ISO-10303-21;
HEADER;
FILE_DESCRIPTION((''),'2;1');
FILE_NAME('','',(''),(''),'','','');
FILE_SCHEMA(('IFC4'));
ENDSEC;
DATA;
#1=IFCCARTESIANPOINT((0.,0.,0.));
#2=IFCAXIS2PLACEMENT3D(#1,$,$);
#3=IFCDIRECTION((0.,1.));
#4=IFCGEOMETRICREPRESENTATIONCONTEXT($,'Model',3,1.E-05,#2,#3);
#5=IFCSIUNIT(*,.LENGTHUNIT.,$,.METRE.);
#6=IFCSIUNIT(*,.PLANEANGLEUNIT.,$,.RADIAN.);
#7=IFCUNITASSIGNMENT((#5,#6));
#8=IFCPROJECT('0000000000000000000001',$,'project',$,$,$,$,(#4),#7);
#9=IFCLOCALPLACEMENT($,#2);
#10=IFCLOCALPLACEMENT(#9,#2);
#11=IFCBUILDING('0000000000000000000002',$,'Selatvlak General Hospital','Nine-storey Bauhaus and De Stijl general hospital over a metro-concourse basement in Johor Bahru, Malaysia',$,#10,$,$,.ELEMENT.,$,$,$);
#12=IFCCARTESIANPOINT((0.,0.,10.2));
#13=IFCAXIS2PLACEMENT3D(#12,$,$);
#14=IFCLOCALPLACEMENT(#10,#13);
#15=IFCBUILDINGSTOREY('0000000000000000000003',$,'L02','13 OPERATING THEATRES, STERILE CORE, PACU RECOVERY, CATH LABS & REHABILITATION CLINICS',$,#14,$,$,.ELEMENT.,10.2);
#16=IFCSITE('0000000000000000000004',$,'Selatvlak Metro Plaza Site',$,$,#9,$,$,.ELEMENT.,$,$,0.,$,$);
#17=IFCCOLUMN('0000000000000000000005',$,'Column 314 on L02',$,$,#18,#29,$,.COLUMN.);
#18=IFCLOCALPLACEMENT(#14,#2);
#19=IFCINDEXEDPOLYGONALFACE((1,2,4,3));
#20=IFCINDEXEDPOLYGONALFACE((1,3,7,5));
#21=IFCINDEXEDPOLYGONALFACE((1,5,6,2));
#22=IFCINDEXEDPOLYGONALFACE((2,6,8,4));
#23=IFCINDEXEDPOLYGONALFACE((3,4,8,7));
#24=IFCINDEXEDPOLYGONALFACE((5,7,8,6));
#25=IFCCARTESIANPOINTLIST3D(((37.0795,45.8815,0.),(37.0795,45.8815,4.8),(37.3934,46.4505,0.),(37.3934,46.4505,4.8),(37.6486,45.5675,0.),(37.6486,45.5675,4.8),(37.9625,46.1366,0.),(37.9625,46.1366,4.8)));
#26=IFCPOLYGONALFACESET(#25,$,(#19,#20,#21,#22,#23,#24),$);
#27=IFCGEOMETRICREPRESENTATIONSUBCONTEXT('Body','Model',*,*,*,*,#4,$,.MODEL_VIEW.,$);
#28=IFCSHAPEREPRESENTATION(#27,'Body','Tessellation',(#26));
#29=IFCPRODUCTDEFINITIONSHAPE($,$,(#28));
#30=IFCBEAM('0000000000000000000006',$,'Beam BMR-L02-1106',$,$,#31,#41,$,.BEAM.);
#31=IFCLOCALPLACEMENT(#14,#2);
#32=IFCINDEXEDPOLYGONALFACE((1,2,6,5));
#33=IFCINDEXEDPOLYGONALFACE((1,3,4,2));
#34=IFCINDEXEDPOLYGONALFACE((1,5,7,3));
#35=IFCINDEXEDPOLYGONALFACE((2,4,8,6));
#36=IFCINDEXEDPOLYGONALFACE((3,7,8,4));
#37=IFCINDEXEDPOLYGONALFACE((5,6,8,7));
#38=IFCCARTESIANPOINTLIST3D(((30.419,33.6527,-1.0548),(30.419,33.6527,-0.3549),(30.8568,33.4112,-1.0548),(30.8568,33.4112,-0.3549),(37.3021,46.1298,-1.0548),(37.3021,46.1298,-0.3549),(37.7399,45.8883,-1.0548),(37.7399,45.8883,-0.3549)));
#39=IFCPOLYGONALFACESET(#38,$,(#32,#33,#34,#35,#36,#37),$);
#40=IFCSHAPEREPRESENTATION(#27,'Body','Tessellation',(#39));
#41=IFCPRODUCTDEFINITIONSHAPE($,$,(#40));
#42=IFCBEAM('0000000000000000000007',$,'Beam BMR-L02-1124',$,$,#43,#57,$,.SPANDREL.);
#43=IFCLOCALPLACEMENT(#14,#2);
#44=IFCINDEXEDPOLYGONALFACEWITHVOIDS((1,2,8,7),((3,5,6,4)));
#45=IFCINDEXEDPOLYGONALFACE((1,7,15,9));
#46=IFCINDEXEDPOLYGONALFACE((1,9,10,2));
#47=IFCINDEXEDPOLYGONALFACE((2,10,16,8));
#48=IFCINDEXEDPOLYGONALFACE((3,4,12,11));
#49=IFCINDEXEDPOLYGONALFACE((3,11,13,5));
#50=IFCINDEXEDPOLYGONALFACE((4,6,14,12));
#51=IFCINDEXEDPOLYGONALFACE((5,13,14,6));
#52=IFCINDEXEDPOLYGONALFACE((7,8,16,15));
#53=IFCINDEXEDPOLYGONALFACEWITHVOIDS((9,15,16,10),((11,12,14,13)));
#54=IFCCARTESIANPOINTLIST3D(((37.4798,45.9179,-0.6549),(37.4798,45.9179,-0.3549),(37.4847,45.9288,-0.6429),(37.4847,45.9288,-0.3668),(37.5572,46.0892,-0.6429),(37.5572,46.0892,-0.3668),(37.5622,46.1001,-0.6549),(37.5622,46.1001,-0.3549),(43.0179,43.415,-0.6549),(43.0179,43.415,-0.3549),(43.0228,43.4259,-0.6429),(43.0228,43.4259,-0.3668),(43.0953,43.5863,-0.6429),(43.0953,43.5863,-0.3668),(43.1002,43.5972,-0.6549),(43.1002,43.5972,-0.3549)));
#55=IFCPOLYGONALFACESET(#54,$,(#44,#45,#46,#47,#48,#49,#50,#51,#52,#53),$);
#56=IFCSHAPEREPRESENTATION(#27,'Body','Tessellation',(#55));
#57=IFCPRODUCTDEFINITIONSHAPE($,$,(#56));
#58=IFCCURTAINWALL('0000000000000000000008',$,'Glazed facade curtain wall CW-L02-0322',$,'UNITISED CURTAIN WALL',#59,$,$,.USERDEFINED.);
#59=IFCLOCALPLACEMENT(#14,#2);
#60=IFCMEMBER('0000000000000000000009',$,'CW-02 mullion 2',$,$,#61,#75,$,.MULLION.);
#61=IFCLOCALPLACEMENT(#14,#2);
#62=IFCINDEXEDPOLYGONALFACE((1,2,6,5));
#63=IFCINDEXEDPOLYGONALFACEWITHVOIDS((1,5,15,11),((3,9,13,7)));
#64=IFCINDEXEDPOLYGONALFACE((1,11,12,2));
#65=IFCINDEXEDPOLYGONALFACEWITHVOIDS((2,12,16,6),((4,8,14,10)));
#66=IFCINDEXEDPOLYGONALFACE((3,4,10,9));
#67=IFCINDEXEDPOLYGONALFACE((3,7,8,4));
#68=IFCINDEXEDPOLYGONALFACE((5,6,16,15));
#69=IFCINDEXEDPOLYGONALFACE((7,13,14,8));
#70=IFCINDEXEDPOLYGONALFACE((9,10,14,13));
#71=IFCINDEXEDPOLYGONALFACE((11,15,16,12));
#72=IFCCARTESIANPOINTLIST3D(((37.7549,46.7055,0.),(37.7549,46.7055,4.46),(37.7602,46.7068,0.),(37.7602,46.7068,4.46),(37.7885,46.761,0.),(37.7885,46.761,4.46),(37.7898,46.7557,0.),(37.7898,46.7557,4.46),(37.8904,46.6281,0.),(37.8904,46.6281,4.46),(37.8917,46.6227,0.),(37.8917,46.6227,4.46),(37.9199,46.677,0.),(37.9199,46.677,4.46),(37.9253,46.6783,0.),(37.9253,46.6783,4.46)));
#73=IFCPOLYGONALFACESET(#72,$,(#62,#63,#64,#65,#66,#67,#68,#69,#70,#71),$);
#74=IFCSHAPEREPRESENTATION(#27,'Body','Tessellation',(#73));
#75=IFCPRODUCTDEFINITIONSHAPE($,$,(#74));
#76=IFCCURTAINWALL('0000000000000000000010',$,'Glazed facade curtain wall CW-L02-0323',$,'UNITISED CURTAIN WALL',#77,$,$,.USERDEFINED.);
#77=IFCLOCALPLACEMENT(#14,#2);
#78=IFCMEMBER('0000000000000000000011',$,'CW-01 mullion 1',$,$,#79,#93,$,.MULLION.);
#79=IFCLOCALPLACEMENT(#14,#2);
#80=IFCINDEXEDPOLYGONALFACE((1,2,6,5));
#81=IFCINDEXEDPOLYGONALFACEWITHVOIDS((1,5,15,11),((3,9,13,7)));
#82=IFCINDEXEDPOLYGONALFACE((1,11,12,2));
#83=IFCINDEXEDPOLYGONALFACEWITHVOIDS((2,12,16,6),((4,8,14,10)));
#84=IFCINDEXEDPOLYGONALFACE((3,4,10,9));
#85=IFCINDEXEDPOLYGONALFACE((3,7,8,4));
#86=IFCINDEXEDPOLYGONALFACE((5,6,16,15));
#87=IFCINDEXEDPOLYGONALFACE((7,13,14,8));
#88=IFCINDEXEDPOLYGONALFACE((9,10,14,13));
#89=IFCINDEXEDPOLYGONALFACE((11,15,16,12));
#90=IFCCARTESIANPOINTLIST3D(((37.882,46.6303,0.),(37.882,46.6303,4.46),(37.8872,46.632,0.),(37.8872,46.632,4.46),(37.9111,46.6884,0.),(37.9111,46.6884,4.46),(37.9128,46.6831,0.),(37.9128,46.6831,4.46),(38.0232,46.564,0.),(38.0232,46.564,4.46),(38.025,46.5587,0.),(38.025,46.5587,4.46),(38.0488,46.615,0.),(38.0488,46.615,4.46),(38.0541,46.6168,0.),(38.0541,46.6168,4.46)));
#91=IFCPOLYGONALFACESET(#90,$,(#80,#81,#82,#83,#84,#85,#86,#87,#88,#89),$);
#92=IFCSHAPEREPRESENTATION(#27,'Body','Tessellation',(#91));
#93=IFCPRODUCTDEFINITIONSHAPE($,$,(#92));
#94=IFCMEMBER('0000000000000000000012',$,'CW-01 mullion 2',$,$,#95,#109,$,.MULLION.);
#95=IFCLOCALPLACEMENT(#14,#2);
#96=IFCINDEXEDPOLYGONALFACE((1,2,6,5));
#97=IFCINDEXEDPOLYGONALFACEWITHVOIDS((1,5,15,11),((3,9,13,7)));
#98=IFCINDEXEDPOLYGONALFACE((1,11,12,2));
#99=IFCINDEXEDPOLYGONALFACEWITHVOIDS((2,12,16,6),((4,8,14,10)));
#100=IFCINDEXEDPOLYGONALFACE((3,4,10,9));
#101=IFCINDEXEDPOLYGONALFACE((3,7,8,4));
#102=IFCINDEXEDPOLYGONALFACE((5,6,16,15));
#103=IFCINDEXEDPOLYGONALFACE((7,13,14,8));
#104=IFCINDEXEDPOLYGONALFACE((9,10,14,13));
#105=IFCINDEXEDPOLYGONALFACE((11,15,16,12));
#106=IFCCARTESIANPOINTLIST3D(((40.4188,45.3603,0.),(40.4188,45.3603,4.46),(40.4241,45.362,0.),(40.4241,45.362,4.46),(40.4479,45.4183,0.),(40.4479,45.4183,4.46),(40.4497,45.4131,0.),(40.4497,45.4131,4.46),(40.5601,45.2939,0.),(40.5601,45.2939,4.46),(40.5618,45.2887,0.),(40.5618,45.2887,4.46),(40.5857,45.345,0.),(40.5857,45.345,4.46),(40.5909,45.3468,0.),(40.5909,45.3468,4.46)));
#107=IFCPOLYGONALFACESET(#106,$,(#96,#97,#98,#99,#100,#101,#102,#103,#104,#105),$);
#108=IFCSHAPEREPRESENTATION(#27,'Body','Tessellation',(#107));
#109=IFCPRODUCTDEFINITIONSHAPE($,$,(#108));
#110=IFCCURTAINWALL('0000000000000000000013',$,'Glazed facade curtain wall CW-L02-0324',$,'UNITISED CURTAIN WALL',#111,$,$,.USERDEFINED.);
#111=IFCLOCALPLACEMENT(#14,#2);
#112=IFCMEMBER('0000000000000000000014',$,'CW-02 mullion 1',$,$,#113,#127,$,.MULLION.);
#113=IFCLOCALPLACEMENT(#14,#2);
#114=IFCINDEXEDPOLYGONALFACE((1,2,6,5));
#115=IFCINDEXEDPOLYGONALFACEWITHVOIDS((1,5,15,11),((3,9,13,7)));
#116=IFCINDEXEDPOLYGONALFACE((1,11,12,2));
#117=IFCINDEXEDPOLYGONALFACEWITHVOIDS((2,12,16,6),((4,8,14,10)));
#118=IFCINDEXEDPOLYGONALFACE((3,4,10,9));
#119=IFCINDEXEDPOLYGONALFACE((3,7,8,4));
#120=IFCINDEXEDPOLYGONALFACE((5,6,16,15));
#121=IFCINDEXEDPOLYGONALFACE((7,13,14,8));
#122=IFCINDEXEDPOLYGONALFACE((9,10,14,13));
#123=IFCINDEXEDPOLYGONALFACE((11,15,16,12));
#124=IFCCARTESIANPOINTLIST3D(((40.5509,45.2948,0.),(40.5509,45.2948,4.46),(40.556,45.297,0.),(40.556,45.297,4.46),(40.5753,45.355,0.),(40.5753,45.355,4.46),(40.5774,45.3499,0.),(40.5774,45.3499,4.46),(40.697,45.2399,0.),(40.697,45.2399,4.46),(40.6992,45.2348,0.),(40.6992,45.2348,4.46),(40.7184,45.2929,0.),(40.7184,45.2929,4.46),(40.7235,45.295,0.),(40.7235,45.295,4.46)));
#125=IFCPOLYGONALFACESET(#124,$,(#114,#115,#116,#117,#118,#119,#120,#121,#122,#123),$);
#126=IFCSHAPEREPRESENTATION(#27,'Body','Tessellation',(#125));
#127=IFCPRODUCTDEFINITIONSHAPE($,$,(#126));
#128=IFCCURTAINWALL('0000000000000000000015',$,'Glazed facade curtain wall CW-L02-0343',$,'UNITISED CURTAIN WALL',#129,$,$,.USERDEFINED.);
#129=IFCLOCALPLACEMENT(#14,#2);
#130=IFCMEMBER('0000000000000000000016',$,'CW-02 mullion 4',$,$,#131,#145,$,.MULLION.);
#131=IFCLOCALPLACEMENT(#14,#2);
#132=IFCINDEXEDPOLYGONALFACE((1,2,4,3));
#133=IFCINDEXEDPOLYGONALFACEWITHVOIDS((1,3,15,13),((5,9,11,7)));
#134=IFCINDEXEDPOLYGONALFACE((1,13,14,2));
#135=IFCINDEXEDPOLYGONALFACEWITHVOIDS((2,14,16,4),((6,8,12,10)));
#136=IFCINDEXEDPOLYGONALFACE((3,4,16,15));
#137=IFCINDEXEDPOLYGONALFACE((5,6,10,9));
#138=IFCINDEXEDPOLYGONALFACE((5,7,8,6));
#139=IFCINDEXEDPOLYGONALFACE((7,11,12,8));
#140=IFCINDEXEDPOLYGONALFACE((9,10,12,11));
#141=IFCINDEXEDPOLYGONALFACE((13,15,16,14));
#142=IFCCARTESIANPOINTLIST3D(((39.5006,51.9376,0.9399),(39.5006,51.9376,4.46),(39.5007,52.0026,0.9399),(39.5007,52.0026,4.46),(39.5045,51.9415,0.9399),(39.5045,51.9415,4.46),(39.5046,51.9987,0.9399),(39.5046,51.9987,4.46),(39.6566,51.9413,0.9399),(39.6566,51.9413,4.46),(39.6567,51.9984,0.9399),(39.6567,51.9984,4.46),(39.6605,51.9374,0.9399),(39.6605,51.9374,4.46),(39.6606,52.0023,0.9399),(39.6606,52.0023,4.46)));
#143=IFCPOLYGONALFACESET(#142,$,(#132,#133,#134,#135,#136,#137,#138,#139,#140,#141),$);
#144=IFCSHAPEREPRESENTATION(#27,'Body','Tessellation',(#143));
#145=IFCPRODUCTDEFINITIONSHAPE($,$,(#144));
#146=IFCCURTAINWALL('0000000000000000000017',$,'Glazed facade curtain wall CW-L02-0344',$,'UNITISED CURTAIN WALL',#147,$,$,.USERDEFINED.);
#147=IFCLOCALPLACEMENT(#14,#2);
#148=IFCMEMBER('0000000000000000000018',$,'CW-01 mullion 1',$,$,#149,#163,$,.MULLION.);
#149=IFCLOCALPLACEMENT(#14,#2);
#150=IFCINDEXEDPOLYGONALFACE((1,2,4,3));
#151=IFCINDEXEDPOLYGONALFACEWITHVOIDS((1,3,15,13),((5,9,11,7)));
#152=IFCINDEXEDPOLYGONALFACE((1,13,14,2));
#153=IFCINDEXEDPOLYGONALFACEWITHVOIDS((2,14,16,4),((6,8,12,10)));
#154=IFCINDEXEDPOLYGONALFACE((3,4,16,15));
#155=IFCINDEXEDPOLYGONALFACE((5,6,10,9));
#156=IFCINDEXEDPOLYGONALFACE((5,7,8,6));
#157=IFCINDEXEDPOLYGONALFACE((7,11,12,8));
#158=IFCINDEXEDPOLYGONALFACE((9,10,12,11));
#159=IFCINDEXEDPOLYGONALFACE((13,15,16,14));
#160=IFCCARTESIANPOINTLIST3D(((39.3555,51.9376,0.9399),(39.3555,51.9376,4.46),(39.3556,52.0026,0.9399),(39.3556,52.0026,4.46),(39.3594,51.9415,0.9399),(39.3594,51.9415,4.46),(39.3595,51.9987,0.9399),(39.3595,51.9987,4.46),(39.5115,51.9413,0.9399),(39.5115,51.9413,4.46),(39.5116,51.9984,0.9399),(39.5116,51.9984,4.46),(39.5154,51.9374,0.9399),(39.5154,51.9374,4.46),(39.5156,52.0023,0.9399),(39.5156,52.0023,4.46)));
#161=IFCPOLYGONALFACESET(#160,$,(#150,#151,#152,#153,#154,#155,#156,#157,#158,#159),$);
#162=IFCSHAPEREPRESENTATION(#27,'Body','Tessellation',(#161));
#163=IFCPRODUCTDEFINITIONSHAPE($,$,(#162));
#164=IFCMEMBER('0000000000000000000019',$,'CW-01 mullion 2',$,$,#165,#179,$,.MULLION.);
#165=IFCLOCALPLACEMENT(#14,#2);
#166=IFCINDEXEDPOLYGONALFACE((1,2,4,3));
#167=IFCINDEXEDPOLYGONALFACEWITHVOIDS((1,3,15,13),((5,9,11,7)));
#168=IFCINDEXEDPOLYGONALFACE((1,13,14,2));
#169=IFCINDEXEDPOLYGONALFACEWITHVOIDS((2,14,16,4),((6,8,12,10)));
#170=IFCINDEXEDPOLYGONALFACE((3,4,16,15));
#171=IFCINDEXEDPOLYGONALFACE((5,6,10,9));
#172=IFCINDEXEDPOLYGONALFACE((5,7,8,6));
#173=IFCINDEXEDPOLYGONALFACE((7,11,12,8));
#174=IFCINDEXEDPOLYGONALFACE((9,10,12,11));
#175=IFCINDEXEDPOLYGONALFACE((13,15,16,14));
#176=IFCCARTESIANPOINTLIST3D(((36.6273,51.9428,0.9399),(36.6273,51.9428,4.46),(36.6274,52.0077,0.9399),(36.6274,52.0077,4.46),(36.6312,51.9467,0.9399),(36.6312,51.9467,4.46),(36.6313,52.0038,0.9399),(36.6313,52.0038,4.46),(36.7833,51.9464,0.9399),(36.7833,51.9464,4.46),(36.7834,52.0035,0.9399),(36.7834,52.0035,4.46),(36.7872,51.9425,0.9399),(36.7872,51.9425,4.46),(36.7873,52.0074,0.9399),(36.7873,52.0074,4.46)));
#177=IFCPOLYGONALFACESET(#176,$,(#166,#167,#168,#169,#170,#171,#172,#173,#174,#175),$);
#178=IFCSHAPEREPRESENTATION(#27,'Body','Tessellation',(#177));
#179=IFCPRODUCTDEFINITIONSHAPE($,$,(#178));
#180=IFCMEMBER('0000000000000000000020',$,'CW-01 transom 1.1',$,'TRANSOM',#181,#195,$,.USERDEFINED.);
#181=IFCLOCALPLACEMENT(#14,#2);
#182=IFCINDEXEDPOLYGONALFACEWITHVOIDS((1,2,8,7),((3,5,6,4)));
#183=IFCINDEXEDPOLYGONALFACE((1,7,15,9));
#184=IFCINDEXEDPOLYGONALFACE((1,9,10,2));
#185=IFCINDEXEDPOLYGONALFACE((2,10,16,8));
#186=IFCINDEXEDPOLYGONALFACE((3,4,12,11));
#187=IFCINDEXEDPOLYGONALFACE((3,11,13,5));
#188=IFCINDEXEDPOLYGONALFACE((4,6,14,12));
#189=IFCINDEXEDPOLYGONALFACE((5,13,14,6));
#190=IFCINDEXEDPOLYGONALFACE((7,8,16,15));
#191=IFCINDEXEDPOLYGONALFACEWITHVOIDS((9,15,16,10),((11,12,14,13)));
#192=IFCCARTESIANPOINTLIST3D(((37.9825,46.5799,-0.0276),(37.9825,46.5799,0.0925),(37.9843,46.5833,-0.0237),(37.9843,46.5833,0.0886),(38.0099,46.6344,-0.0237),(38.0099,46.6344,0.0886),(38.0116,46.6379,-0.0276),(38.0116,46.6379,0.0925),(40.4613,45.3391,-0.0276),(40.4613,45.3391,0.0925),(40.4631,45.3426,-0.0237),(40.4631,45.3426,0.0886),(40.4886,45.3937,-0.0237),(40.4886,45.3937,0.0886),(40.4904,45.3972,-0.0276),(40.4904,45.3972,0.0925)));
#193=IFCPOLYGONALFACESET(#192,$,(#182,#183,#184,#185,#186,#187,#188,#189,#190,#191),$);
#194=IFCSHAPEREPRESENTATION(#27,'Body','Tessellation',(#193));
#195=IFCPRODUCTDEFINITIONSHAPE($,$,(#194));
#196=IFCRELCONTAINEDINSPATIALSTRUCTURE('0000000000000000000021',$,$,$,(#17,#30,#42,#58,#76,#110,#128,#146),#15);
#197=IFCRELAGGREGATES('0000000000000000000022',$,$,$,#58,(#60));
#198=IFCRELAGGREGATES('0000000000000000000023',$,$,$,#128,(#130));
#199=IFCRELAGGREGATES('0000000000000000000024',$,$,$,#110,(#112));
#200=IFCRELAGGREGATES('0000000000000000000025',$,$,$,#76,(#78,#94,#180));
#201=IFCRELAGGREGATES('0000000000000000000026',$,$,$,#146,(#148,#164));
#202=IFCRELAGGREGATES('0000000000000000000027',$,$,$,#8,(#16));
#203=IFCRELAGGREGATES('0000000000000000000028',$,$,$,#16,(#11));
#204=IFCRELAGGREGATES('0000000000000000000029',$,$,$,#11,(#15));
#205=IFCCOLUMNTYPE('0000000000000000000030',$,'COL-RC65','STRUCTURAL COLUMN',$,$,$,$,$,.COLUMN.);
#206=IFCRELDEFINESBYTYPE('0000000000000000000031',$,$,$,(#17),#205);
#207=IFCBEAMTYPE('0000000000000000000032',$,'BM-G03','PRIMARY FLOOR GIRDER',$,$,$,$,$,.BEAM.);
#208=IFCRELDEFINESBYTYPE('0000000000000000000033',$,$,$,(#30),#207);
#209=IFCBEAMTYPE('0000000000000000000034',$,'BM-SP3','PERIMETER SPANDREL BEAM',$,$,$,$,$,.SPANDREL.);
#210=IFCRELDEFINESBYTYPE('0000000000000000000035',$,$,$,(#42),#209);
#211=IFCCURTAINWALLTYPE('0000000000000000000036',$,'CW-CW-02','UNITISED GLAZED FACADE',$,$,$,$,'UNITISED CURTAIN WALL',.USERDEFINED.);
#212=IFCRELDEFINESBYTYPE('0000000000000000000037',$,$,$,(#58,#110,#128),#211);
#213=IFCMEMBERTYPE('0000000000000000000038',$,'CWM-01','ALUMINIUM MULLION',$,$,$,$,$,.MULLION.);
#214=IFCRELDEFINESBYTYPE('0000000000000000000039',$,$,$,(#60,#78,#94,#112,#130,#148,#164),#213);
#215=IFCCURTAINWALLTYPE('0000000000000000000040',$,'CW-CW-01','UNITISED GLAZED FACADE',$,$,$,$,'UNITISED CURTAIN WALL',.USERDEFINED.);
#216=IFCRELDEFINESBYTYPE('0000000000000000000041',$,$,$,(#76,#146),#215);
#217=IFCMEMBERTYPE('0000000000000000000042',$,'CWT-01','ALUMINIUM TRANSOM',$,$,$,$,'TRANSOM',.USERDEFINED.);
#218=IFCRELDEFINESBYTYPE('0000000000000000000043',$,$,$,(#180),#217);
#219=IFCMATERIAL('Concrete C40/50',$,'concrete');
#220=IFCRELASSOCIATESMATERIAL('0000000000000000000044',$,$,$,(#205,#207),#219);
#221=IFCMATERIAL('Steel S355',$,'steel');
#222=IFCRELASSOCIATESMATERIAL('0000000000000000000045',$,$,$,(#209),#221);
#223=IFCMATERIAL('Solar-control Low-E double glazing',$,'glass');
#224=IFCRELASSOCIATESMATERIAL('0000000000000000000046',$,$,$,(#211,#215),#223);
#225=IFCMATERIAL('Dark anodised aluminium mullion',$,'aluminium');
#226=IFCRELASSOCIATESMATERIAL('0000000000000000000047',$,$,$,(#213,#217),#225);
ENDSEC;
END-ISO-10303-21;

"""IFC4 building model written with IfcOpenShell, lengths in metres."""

from ifc_helpers import new_model, si_unit, direction, frame, origin, origin_2d, place, context, subcontext, project, spatial, rectangle, hollow_rectangle, extrude, material, material_profile, profile_set, type_object, element, aggregate, save


model = new_model("IFC4")

# Units and contexts
model_context = context("Model", 3, precision=1e-05, world=origin(), true_north=direction((0.0, 1.0)))
body_context = subcontext(model_context, "Body", "Model", "MODEL_VIEW")
ifc_project = project(units=[si_unit("LENGTHUNIT", "METRE"), si_unit("PLANEANGLEUNIT", "RADIAN")], contexts=[model_context])

# Site, building, storey
site_placement = place(None, origin())
site = spatial("IfcSite", under=ifc_project, at=site_placement, Name="Selatvlak Metro Plaza Site", CompositionType="ELEMENT", RefElevation=0.0)
building_placement = place(site_placement, origin())
building = spatial("IfcBuilding", under=site, at=building_placement, Name="Selatvlak General Hospital", Description="Nine-storey Bauhaus and De Stijl general hospital over a metro-concourse basement in Johor Bahru, Malaysia", CompositionType="ELEMENT")
storey_placement = place(building_placement, frame((0.0, 0.0, 10.2)))
storey = spatial("IfcBuildingStorey", under=building, at=storey_placement, Name="L02", Description="13 OPERATING THEATRES, STERILE CORE, PACU RECOVERY, CATH LABS & REHABILITATION CLINICS", CompositionType="ELEMENT", Elevation=10.2)

# Column
ifc_material_1 = material(Name="Concrete C40/50", Category="concrete")
ifc_material_profile_1 = material_profile(ifc_material_1, rectangle(XDim=0.6499, YDim=0.6499, at=origin_2d()), Name="RC-COL 650x650")
ifc_profile_set_1 = profile_set([ifc_material_profile_1], Name="Concrete C40/50")
column_type = type_object("IfcColumnType", Name="COL-RC65", Description="STRUCTURAL COLUMN", PredefinedType="COLUMN", material=ifc_profile_set_1)
column_placement = place(storey_placement, frame((37.521, 46.009, 0.0), z_axis=(0.0, 0.0, 1.0), x_axis=(0.483007, 0.875616, 0.0)))
element("IfcColumn", 1, at=column_placement, inside=storey, type_object=column_type, Name="Column 314 on L02", PredefinedType="COLUMN", context=body_context, shape_type="SweptSolid", body=[
    extrude(rectangle(XDim=0.6499, YDim=0.6499, at=origin_2d()), origin(), (0.0, 0.0, 1.0), 4.8),
])

# Beams
ifc_material_profile_2 = material_profile(ifc_material_1, rectangle(XDim=0.5, YDim=0.7, at=origin_2d()), Name="RC-BM 500x700")
ifc_profile_set_2 = profile_set([ifc_material_profile_2], Name="Concrete C40/50")
beam_type_1 = type_object("IfcBeamType", Name="BM-G03", Description="PRIMARY FLOOR GIRDER", PredefinedType="BEAM", material=ifc_profile_set_2)
beam_1_placement = place(storey_placement, frame((37.521, 46.009, -0.7048), z_axis=(-0.483033, -0.875602, 0.0), x_axis=(0.875602, -0.483033, 0.0)))
element("IfcBeam", 2, at=beam_1_placement, inside=storey, type_object=beam_type_1, Name="Beam BMR-L02-1106", PredefinedType="BEAM", context=body_context, shape_type="SweptSolid", body=[
    extrude(rectangle(XDim=0.5, YDim=0.7, at=origin_2d()), origin(), (0.0, 0.0, 1.0), 14.2498),
])
ifc_material_2 = material(Name="Steel S355", Category="steel")
ifc_material_profile_3 = material_profile(ifc_material_2, hollow_rectangle(XDim=0.2, YDim=0.3, WallThickness=0.012, at=origin_2d()), Name="RHS 300x200x12")
ifc_profile_set_3 = profile_set([ifc_material_profile_3], Name="Steel S355")
beam_type_2 = type_object("IfcBeamType", Name="BM-SP3", Description="PERIMETER SPANDREL BEAM", PredefinedType="SPANDREL", material=ifc_profile_set_3)
beam_2_placement = place(storey_placement, frame((37.521, 46.009, -0.5049), z_axis=(0.911256, -0.411841, 0.0), x_axis=(0.411841, 0.911256, 0.0)))
element("IfcBeam", 3, at=beam_2_placement, inside=storey, type_object=beam_type_2, Name="Beam BMR-L02-1124", PredefinedType="SPANDREL", context=body_context, shape_type="SweptSolid", body=[
    extrude(hollow_rectangle(XDim=0.2, YDim=0.3, WallThickness=0.012, at=origin_2d()), origin(), (0.0, 0.0, 1.0), 6.0774),
])

# Curtain wall, member
ifc_material_3 = material(Name="Solar-control Low-E double glazing", Category="glass")
curtain_wall_type_1 = type_object("IfcCurtainWallType", Name="CW-CW-02", Description="UNITISED GLAZED FACADE", ElementType="UNITISED CURTAIN WALL", PredefinedType="USERDEFINED", material=ifc_material_3)
curtain_wall_1_placement = place(storey_placement, origin())
curtain_wall_1 = element("IfcCurtainWall", 4, at=curtain_wall_1_placement, inside=storey, type_object=curtain_wall_type_1, Name="Glazed facade curtain wall CW-L02-0322", ObjectType="UNITISED CURTAIN WALL", PredefinedType="USERDEFINED")
ifc_material_4 = material(Name="Dark anodised aluminium mullion", Category="aluminium")
ifc_material_profile_4 = material_profile(ifc_material_4, hollow_rectangle(XDim=0.0649, YDim=0.1599, WallThickness=0.0039, at=origin_2d()), Name="AL-MUL 65x160x4")
ifc_profile_set_4 = profile_set([ifc_material_profile_4], Name="Dark anodised aluminium mullion")
member_type_1 = type_object("IfcMemberType", Name="CWM-01", Description="ALUMINIUM MULLION", PredefinedType="MULLION", material=ifc_profile_set_4)
member_1_placement = place(storey_placement, frame((37.8401, 46.6919, 0.0), z_axis=(0.0, 0.0, 1.0), x_axis=(0.517384, 0.855753, 0.0)))
member_1 = element("IfcMember", 5, at=member_1_placement, type_object=member_type_1, Name="CW-02 mullion 2", PredefinedType="MULLION", context=body_context, shape_type="SweptSolid", body=[
    extrude(hollow_rectangle(XDim=0.0649, YDim=0.1599, WallThickness=0.0039, at=origin_2d()), origin(), (0.0, 0.0, 1.0), 4.46),
])
aggregate(curtain_wall_1, [member_1])

# Curtain wall, members
curtain_wall_type_2 = type_object("IfcCurtainWallType", Name="CW-CW-01", Description="UNITISED GLAZED FACADE", ElementType="UNITISED CURTAIN WALL", PredefinedType="USERDEFINED", material=ifc_material_3)
curtain_wall_2_placement = place(storey_placement, origin())
curtain_wall_2 = element("IfcCurtainWall", 6, at=curtain_wall_2_placement, inside=storey, type_object=curtain_wall_type_2, Name="Glazed facade curtain wall CW-L02-0323", ObjectType="UNITISED CURTAIN WALL", PredefinedType="USERDEFINED")
member_2_placement = place(storey_placement, frame((37.968, 46.6235, 0.0), z_axis=(0.0, 0.0, 1.0), x_axis=(0.447627, 0.89422, 0.0)))
member_2 = element("IfcMember", 7, at=member_2_placement, type_object=member_type_1, Name="CW-01 mullion 1", PredefinedType="MULLION", context=body_context, shape_type="SweptSolid", body=[
    extrude(hollow_rectangle(XDim=0.0649, YDim=0.1599, WallThickness=0.0039, at=origin_2d()), origin(), (0.0, 0.0, 1.0), 4.46),
])
member_3_placement = place(storey_placement, frame((40.5049, 45.3535, 0.0), z_axis=(0.0, 0.0, 1.0), x_axis=(0.447627, 0.89422, 0.0)))
member_3 = element("IfcMember", 8, at=member_3_placement, type_object=member_type_1, Name="CW-01 mullion 2", PredefinedType="MULLION", context=body_context, shape_type="SweptSolid", body=[
    extrude(hollow_rectangle(XDim=0.0649, YDim=0.1599, WallThickness=0.0039, at=origin_2d()), origin(), (0.0, 0.0, 1.0), 4.46),
])

# Curtain walls, members
curtain_wall_3_placement = place(storey_placement, origin())
curtain_wall_3 = element("IfcCurtainWall", 9, at=curtain_wall_3_placement, inside=storey, type_object=curtain_wall_type_1, Name="Glazed facade curtain wall CW-L02-0324", ObjectType="UNITISED CURTAIN WALL", PredefinedType="USERDEFINED")
member_4_placement = place(storey_placement, frame((40.6372, 45.2949, 0.0), z_axis=(0.0, 0.0, 1.0), x_axis=(0.374953, 0.927044, 0.0)))
member_4 = element("IfcMember", 10, at=member_4_placement, type_object=member_type_1, Name="CW-02 mullion 1", PredefinedType="MULLION", context=body_context, shape_type="SweptSolid", body=[
    extrude(hollow_rectangle(XDim=0.0649, YDim=0.1599, WallThickness=0.0039, at=origin_2d()), origin(), (0.0, 0.0, 1.0), 4.46),
])
curtain_wall_4_placement = place(storey_placement, origin())
curtain_wall_4 = element("IfcCurtainWall", 11, at=curtain_wall_4_placement, inside=storey, type_object=curtain_wall_type_1, Name="Glazed facade curtain wall CW-L02-0343", ObjectType="UNITISED CURTAIN WALL", PredefinedType="USERDEFINED")
member_5_placement = place(storey_placement, frame((39.5806, 51.97, 0.9399), z_axis=(0.0, 0.0, 1.0), x_axis=(-0.001811, -0.999998, 0.0)))
member_5 = element("IfcMember", 12, at=member_5_placement, type_object=member_type_1, Name="CW-02 mullion 4", PredefinedType="MULLION", context=body_context, shape_type="SweptSolid", body=[
    extrude(hollow_rectangle(XDim=0.0649, YDim=0.1599, WallThickness=0.0039, at=origin_2d()), origin(), (0.0, 0.0, 1.0), 3.52),
])
aggregate(curtain_wall_4, [member_5])

# Curtain wall, members
curtain_wall_5_placement = place(storey_placement, origin())
curtain_wall_5 = element("IfcCurtainWall", 13, at=curtain_wall_5_placement, inside=storey, type_object=curtain_wall_type_2, Name="Glazed facade curtain wall CW-L02-0344", ObjectType="UNITISED CURTAIN WALL", PredefinedType="USERDEFINED")
member_6_placement = place(storey_placement, frame((39.4355, 51.97, 0.9399), z_axis=(0.0, 0.0, 1.0), x_axis=(-0.001811, -0.999998, 0.0)))
member_6 = element("IfcMember", 14, at=member_6_placement, type_object=member_type_1, Name="CW-01 mullion 1", PredefinedType="MULLION", context=body_context, shape_type="SweptSolid", body=[
    extrude(hollow_rectangle(XDim=0.0649, YDim=0.1599, WallThickness=0.0039, at=origin_2d()), origin(), (0.0, 0.0, 1.0), 3.52),
])
member_7_placement = place(storey_placement, frame((36.7073, 51.9751, 0.9399), z_axis=(0.0, 0.0, 1.0), x_axis=(-0.001811, -0.999998, 0.0)))
member_7 = element("IfcMember", 15, at=member_7_placement, type_object=member_type_1, Name="CW-01 mullion 2", PredefinedType="MULLION", context=body_context, shape_type="SweptSolid", body=[
    extrude(hollow_rectangle(XDim=0.0649, YDim=0.1599, WallThickness=0.0039, at=origin_2d()), origin(), (0.0, 0.0, 1.0), 3.52),
])

# Member
ifc_material_profile_5 = material_profile(ifc_material_4, hollow_rectangle(XDim=0.0649, YDim=0.1201, WallThickness=0.0039, at=origin_2d()), Name="AL-TRN 65x120x4")
ifc_profile_set_5 = profile_set([ifc_material_profile_5], Name="Dark anodised aluminium mullion")
member_type_2 = type_object("IfcMemberType", Name="CWT-01", Description="ALUMINIUM TRANSOM", ElementType="TRANSOM", PredefinedType="USERDEFINED", material=ifc_profile_set_5)
member_8_placement = place(storey_placement, frame((37.9971, 46.6089, 0.0325), z_axis=(0.894233, -0.447601, 0.0), x_axis=(0.447601, 0.894233, 0.0)))
member_8 = element("IfcMember", 16, at=member_8_placement, type_object=member_type_2, Name="CW-01 transom 1.1", ObjectType="TRANSOM", PredefinedType="USERDEFINED", context=body_context, shape_type="SweptSolid", body=[
    extrude(hollow_rectangle(XDim=0.0649, YDim=0.1201, WallThickness=0.0039, at=origin_2d()), origin(), (0.0, 0.0, 1.0), 2.772),
])
aggregate(curtain_wall_3, [member_4])

aggregate(curtain_wall_2, [member_2, member_3, member_8])
aggregate(curtain_wall_5, [member_6, member_7])

save(model, "model.ifc")
